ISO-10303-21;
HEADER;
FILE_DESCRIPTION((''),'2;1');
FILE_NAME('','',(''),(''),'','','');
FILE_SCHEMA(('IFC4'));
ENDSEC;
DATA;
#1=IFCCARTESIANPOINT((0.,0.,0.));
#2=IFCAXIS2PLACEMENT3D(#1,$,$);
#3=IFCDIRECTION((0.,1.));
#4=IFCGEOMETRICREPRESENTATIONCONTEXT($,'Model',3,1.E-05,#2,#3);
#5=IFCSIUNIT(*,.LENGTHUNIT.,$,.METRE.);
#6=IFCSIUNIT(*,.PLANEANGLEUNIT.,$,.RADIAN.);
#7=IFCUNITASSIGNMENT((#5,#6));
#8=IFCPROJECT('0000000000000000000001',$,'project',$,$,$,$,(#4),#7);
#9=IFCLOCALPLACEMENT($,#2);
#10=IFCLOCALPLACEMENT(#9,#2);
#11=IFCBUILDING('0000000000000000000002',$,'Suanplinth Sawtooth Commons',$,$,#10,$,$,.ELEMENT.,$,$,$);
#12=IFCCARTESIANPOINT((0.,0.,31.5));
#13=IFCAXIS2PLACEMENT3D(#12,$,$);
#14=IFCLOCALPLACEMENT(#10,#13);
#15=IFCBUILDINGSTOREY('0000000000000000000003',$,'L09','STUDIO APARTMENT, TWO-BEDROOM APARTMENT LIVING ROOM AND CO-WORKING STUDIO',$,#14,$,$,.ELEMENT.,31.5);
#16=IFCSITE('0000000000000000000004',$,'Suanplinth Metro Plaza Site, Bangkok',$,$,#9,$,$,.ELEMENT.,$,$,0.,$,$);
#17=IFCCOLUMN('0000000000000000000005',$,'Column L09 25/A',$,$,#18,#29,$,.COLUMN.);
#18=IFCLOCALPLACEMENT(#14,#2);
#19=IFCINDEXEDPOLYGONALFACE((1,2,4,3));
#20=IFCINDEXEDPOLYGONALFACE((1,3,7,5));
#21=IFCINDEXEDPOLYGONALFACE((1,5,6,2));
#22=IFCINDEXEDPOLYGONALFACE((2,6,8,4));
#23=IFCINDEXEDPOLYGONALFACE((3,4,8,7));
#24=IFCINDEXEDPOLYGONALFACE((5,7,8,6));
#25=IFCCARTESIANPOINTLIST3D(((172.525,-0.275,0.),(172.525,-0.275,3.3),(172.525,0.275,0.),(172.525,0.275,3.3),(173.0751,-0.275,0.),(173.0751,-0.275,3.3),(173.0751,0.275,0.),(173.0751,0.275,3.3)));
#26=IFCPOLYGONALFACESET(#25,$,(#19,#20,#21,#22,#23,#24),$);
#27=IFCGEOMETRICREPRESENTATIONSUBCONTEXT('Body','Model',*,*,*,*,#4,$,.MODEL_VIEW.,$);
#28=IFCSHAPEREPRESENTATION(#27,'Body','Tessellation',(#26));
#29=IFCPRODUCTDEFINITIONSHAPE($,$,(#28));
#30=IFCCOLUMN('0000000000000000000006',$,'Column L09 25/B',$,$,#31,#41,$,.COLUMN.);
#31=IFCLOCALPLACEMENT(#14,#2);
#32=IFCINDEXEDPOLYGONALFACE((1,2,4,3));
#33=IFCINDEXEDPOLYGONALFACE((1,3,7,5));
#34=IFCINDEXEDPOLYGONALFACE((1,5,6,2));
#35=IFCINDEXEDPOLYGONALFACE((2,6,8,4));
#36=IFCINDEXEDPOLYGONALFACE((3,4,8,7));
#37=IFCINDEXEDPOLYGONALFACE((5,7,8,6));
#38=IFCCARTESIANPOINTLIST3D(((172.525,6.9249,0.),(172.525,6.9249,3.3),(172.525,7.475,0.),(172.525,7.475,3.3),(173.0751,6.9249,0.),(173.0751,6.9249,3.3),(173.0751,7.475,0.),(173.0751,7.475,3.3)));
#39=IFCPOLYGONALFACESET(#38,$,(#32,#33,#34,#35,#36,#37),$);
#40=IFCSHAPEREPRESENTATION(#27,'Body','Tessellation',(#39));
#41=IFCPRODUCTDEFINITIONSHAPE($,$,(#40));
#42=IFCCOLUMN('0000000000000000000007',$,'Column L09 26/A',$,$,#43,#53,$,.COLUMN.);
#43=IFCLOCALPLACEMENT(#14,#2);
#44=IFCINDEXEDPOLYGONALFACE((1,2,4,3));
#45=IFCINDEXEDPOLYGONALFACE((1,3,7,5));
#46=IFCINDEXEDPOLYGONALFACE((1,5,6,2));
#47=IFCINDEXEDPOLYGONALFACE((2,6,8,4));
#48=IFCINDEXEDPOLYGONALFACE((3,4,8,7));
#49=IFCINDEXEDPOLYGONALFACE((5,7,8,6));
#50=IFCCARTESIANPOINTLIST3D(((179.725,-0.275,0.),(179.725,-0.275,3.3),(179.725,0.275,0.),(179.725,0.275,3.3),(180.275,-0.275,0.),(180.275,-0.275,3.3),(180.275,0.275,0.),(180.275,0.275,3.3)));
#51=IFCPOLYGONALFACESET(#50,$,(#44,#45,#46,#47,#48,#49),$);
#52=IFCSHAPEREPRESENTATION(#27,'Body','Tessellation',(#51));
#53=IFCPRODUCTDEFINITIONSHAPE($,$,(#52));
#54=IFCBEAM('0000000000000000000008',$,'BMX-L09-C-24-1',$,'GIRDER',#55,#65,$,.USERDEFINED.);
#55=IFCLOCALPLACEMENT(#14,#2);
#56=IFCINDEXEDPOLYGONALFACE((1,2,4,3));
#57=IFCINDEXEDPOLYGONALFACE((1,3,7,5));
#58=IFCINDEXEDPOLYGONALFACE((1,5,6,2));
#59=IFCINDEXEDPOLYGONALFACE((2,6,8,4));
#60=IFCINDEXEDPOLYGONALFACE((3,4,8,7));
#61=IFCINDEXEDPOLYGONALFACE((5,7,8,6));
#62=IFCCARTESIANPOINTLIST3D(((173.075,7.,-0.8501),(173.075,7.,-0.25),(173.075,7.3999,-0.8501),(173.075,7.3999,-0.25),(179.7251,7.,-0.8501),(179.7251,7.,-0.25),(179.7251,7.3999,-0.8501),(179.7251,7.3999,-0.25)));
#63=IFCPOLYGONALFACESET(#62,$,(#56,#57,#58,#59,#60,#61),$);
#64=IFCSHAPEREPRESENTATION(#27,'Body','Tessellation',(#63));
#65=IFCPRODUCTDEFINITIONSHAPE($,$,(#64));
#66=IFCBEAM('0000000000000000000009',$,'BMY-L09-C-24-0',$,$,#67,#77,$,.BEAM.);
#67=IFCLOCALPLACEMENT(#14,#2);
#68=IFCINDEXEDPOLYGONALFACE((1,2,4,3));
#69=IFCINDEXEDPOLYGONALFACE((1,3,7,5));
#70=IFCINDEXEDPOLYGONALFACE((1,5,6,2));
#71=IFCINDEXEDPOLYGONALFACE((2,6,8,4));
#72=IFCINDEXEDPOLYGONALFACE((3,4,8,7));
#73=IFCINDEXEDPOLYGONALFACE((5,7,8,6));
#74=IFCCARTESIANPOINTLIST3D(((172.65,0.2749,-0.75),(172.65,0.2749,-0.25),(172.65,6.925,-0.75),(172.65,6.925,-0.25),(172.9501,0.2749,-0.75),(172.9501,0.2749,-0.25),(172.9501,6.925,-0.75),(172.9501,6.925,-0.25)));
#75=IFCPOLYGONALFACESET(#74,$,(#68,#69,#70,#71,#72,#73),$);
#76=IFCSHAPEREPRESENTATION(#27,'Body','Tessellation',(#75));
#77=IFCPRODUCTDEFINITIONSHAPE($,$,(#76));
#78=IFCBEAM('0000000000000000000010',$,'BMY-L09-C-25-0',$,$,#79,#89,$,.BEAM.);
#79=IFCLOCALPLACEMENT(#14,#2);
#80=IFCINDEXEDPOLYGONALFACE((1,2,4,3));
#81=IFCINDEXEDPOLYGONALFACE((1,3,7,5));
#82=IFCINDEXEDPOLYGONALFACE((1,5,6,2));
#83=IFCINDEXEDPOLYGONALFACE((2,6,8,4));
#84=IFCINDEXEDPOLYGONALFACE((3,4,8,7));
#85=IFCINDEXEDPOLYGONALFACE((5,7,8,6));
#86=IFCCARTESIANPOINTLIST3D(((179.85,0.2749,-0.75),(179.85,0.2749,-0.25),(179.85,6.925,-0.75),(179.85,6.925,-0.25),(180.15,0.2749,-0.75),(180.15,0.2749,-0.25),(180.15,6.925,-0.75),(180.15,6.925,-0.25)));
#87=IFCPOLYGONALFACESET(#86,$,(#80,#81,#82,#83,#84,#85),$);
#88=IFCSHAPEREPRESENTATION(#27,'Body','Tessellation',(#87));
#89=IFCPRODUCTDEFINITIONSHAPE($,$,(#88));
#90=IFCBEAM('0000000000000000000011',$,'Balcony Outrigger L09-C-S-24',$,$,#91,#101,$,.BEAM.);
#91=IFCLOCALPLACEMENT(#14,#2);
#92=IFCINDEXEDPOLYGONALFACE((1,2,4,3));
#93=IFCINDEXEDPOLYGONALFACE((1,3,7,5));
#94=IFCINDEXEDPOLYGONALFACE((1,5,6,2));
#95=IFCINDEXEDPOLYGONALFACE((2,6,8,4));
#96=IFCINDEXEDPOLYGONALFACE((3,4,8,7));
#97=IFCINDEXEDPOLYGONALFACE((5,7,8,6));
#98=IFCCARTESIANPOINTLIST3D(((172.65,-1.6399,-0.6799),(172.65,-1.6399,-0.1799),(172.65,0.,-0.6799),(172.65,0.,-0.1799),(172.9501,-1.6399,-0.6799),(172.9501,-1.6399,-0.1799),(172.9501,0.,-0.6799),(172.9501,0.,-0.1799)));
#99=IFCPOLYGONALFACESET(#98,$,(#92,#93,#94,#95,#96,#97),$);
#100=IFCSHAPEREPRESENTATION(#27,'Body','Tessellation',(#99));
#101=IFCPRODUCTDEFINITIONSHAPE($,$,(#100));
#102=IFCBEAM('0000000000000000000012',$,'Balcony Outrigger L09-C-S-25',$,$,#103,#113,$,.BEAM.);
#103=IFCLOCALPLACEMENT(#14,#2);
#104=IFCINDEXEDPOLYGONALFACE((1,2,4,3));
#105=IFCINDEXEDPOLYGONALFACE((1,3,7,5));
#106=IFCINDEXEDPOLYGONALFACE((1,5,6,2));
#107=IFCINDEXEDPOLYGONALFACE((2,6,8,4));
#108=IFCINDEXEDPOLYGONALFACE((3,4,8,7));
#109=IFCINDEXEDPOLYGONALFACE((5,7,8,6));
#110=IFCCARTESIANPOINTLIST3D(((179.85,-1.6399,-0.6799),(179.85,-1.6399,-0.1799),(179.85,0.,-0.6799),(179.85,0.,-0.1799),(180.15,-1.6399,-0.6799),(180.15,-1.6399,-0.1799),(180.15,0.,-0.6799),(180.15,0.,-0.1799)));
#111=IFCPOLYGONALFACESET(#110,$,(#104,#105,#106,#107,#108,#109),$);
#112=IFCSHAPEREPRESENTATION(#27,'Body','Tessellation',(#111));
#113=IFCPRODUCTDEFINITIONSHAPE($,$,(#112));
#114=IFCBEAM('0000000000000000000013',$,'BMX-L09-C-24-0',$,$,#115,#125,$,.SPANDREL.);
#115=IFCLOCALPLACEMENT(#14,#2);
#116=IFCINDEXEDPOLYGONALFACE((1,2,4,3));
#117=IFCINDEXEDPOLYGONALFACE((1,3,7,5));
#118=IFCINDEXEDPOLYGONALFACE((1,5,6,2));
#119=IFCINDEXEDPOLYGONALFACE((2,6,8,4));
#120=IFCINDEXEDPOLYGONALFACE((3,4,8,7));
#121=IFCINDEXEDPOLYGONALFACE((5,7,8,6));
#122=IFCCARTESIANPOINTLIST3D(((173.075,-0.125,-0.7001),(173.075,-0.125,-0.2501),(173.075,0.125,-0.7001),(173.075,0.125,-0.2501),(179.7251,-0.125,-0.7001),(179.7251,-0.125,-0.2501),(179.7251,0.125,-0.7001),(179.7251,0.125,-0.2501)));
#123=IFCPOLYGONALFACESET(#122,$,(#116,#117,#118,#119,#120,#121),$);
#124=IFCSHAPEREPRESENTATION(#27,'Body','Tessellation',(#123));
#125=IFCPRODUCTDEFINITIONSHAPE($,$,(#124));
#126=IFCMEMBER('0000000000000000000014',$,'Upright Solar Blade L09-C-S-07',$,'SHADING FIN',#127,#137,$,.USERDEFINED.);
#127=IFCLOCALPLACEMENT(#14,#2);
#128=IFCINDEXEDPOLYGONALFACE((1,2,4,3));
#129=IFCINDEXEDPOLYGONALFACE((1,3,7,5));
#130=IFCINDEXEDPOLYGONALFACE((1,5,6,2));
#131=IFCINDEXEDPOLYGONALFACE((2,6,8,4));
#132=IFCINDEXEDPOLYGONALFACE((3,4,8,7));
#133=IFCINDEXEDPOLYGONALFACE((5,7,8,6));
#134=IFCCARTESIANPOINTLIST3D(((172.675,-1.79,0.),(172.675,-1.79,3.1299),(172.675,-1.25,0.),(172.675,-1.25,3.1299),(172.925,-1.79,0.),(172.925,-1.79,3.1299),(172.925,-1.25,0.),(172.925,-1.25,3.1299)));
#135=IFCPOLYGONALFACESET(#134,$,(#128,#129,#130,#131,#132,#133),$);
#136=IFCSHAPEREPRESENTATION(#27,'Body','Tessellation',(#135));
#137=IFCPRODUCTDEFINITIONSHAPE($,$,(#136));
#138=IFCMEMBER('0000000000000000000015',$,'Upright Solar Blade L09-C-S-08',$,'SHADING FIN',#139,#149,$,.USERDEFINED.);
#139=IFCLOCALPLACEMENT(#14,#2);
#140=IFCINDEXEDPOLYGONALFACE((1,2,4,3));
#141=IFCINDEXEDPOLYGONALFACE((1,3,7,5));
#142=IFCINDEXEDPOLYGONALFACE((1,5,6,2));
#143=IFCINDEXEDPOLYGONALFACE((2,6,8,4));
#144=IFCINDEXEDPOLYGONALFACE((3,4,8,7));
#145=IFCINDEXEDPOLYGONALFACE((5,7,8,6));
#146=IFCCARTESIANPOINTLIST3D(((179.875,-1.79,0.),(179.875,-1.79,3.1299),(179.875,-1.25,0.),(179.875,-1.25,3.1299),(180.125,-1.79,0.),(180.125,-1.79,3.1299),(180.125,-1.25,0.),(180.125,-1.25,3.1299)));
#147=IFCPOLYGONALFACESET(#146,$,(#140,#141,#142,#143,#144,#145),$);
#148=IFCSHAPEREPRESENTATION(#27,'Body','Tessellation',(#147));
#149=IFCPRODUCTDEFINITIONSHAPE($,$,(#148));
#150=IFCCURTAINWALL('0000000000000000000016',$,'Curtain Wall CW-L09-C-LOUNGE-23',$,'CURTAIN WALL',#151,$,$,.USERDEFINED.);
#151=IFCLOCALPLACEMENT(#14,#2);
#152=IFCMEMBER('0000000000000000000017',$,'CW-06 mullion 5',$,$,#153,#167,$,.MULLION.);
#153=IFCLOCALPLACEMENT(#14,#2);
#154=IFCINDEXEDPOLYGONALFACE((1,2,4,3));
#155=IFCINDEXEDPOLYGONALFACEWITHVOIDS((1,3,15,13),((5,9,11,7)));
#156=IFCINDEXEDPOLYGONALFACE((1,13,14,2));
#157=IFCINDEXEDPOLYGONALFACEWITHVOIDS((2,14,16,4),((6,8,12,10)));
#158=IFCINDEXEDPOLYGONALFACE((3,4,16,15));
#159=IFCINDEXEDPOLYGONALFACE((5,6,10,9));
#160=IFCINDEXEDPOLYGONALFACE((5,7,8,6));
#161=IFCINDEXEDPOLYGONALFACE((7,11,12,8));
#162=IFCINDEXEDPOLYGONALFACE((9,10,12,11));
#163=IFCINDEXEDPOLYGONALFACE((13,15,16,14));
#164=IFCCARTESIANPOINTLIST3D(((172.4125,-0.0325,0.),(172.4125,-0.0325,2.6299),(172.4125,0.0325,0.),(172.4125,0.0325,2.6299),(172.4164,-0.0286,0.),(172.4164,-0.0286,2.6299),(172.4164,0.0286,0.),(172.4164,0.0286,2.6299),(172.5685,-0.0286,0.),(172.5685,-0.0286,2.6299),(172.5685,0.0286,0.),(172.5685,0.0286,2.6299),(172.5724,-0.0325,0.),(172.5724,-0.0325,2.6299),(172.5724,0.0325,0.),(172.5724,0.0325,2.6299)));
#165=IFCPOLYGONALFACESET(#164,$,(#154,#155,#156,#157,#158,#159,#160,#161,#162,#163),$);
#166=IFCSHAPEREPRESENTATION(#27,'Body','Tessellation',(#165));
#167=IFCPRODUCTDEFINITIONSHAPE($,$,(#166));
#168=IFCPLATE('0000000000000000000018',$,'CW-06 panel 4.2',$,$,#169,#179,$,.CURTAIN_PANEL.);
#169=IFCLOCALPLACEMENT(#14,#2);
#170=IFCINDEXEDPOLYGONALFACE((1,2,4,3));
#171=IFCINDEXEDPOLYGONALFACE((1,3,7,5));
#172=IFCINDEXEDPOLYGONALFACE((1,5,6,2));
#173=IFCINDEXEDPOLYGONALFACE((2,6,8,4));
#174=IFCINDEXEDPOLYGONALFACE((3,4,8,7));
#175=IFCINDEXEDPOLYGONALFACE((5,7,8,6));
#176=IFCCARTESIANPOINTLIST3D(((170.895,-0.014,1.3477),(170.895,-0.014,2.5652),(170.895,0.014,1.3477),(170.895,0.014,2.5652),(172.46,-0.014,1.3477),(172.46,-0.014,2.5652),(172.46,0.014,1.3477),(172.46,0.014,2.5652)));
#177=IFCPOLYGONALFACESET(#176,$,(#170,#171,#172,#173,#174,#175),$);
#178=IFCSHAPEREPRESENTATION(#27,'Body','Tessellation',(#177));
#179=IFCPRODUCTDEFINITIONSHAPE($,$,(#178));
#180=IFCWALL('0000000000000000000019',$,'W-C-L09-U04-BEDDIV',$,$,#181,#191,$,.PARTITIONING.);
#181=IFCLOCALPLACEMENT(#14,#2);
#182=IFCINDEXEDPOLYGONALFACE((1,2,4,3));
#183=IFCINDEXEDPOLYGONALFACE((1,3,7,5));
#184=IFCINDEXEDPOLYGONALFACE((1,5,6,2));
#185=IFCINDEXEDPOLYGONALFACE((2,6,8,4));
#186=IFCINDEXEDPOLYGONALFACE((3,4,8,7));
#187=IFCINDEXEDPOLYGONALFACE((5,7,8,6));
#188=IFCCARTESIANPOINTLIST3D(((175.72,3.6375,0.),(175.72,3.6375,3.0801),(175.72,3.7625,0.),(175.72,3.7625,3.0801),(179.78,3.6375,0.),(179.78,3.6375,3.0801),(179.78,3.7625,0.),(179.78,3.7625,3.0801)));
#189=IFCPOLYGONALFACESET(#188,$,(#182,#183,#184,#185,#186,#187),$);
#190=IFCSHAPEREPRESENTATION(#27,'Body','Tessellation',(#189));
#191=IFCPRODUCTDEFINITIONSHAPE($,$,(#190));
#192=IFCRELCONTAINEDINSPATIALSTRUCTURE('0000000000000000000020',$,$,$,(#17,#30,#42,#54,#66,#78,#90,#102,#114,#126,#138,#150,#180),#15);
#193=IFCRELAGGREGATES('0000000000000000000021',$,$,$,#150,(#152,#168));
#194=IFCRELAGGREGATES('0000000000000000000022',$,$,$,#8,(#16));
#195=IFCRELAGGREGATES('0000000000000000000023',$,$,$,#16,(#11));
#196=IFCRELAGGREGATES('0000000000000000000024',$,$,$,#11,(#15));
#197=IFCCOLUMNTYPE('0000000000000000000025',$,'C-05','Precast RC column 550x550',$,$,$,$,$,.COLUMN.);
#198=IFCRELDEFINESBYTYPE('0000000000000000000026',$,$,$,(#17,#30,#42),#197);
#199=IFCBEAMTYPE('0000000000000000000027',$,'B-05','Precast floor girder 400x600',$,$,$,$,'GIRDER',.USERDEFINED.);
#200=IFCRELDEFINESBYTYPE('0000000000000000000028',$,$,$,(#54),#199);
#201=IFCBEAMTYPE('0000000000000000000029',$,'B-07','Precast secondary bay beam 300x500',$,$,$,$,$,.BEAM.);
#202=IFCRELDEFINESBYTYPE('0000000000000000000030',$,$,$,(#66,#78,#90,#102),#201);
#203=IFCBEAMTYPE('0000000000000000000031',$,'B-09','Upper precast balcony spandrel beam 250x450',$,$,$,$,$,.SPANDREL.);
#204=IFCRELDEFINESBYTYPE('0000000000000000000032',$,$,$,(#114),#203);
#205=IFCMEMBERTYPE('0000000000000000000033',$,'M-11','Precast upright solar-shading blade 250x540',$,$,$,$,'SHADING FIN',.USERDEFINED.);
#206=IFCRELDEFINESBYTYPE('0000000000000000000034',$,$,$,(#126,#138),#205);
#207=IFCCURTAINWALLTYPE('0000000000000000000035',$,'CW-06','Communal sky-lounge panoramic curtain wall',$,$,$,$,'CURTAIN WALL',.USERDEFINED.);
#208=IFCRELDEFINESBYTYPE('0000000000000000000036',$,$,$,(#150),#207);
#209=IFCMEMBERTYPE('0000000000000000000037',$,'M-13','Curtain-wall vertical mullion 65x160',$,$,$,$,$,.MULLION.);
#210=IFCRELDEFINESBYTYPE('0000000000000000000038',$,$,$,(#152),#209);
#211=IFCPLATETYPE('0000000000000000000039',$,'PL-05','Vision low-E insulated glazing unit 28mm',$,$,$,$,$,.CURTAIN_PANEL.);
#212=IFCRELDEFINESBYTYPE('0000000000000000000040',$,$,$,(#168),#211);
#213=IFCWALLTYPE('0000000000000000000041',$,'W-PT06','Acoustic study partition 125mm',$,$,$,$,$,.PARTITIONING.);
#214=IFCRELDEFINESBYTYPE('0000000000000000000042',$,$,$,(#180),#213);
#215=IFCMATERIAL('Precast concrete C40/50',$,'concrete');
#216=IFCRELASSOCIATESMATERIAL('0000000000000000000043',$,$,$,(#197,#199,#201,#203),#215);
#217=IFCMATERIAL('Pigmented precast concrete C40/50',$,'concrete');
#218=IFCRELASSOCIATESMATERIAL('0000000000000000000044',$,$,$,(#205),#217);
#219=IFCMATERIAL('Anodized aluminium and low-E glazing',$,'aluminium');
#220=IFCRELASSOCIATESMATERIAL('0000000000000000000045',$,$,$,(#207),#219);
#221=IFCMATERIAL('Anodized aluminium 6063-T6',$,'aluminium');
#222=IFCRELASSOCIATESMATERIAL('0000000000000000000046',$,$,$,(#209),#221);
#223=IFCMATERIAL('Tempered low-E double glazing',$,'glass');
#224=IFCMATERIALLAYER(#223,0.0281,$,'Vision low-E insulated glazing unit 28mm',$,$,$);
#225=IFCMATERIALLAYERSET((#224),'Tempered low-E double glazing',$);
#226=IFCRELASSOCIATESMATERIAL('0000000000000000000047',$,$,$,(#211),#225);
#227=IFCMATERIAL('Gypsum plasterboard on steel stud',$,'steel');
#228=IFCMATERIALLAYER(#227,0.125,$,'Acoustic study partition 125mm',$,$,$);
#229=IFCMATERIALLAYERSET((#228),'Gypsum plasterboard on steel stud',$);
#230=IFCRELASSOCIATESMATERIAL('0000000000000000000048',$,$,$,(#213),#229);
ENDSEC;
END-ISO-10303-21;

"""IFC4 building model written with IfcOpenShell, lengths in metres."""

from ifc_helpers import new_model, si_unit, direction, frame, frame_2d, origin, origin_2d, place, context, subcontext, project, spatial, rectangle, hollow_rectangle, extrude, material, layer, layer_set, material_profile, profile_set, type_object, element, aggregate, save


model = new_model("IFC4")

# Units and contexts
model_context = context("Model", 3, precision=1e-05, world=origin(), true_north=direction((0.0, 1.0)))
body_context = subcontext(model_context, "Body", "Model", "MODEL_VIEW")
ifc_project = project(units=[si_unit("LENGTHUNIT", "METRE"), si_unit("PLANEANGLEUNIT", "RADIAN")], contexts=[model_context])

# Site, building, storey
site_placement = place(None, origin())
site = spatial("IfcSite", under=ifc_project, at=site_placement, Name="Suanplinth Metro Plaza Site, Bangkok", CompositionType="ELEMENT", RefElevation=0.0)
building_placement = place(site_placement, origin())
building = spatial("IfcBuilding", under=site, at=building_placement, Name="Suanplinth Sawtooth Commons", CompositionType="ELEMENT")
storey_placement = place(building_placement, frame((0.0, 0.0, 31.5)))
storey = spatial("IfcBuildingStorey", under=building, at=storey_placement, Name="L09", Description="STUDIO APARTMENT, TWO-BEDROOM APARTMENT LIVING ROOM AND CO-WORKING STUDIO", CompositionType="ELEMENT", Elevation=31.5)

# Columns
ifc_material_1 = material(Name="Precast concrete C40/50", Category="concrete")
ifc_material_profile_1 = material_profile(ifc_material_1, rectangle(XDim=0.55, YDim=0.55, at=origin_2d()), Name="PC-COL 550x550")
ifc_profile_set_1 = profile_set([ifc_material_profile_1], Name="Precast concrete C40/50")
column_type = type_object("IfcColumnType", Name="C-05", Description="Precast RC column 550x550", PredefinedType="COLUMN", material=ifc_profile_set_1)
for number, where, z_axis, x_axis, name in (
    (1, (172.8, 0.0, 0.0), (0.0, 0.0, 1.0), (1.0, 0.0, 0.0), "Column L09 25/A"),
    (2, (172.8, 7.2, 0.0), (0.0, 0.0, 1.0), (1.0, 0.0, 0.0), "Column L09 25/B"),
    (3, (180.0, 0.0, 0.0), (0.0, 0.0, 1.0), (1.0, 0.0, 0.0), "Column L09 26/A"),
):
    element("IfcColumn", number, at=place(storey_placement, frame(where, z_axis=z_axis, x_axis=x_axis)), inside=storey, type_object=column_type, Name=name, PredefinedType="COLUMN", context=body_context, shape_type="SweptSolid", body=[
        extrude(rectangle(XDim=0.55, YDim=0.55, at=origin_2d()), origin(), (0.0, 0.0, 1.0), 3.3),
    ])

# Beams
ifc_material_profile_2 = material_profile(ifc_material_1, rectangle(XDim=0.3999, YDim=0.6001, at=origin_2d()), Name="PC-GDR 400x600")
ifc_profile_set_2 = profile_set([ifc_material_profile_2], Name="Precast concrete C40/50")
beam_type_1 = type_object("IfcBeamType", Name="B-05", Description="Precast floor girder 400x600", ElementType="GIRDER", PredefinedType="USERDEFINED", material=ifc_profile_set_2)
beam_1_placement = place(storey_placement, frame((173.075, 7.2, -0.55), z_axis=(1.0, 0.0, 0.0), x_axis=(0.0, 1.0, 0.0)))
element("IfcBeam", 4, at=beam_1_placement, inside=storey, type_object=beam_type_1, Name="BMX-L09-C-24-1", ObjectType="GIRDER", PredefinedType="USERDEFINED", context=body_context, shape_type="SweptSolid", body=[
    extrude(rectangle(XDim=0.3999, YDim=0.6001, at=origin_2d()), origin(), (0.0, 0.0, 1.0), 6.6501),
])
ifc_material_profile_3 = material_profile(ifc_material_1, rectangle(XDim=0.3, YDim=0.5, at=origin_2d()), Name="PC-BM 300x500")
ifc_profile_set_3 = profile_set([ifc_material_profile_3], Name="Precast concrete C40/50")
beam_type_2 = type_object("IfcBeamType", Name="B-07", Description="Precast secondary bay beam 300x500", PredefinedType="BEAM", material=ifc_profile_set_3)
for number, where, z_axis, x_axis, name in (
    (5, (172.8, 0.2749, -0.5), (0.0, 1.0, 0.0), (-1.0, 0.0, 0.0), "BMY-L09-C-24-0"),
    (6, (180.0, 0.2749, -0.5), (0.0, 1.0, 0.0), (-1.0, 0.0, 0.0), "BMY-L09-C-25-0"),
):
    element("IfcBeam", number, at=place(storey_placement, frame(where, z_axis=z_axis, x_axis=x_axis)), inside=storey, type_object=beam_type_2, Name=name, PredefinedType="BEAM", context=body_context, shape_type="SweptSolid", body=[
        extrude(rectangle(XDim=0.3, YDim=0.5, at=origin_2d()), origin(), (0.0, 0.0, 1.0), 6.6501),
    ])
for number, where, z_axis, x_axis, name in (
    (7, (172.8, 0.0, -0.4299), (0.0, -1.0, 0.0), (1.0, 0.0, 0.0), "Balcony Outrigger L09-C-S-24"),
    (8, (180.0, 0.0, -0.4299), (0.0, -1.0, 0.0), (1.0, 0.0, 0.0), "Balcony Outrigger L09-C-S-25"),
):
    element("IfcBeam", number, at=place(storey_placement, frame(where, z_axis=z_axis, x_axis=x_axis)), inside=storey, type_object=beam_type_2, Name=name, PredefinedType="BEAM", context=body_context, shape_type="SweptSolid", body=[
        extrude(rectangle(XDim=0.3, YDim=0.5, at=origin_2d()), origin(), (0.0, 0.0, 1.0), 1.6399),
    ])
ifc_material_profile_4 = material_profile(ifc_material_1, rectangle(XDim=0.25, YDim=0.45, at=origin_2d()), Name="PC-SP 250x450")
ifc_profile_set_4 = profile_set([ifc_material_profile_4], Name="Precast concrete C40/50")
beam_type_3 = type_object("IfcBeamType", Name="B-09", Description="Upper precast balcony spandrel beam 250x450", PredefinedType="SPANDREL", material=ifc_profile_set_4)
beam_2_placement = place(storey_placement, frame((173.075, 0.0, -0.4751), z_axis=(1.0, 0.0, 0.0), x_axis=(0.0, 1.0, 0.0)))
element("IfcBeam", 9, at=beam_2_placement, inside=storey, type_object=beam_type_3, Name="BMX-L09-C-24-0", PredefinedType="SPANDREL", context=body_context, shape_type="SweptSolid", body=[
    extrude(rectangle(XDim=0.25, YDim=0.45, at=origin_2d()), origin(), (0.0, 0.0, 1.0), 6.6501),
])

# Members
ifc_material_2 = material(Name="Pigmented precast concrete C40/50", Category="concrete")
ifc_material_profile_5 = material_profile(ifc_material_2, rectangle(XDim=0.25, YDim=0.54, at=origin_2d()), Name="PC-FIN 250x540")
ifc_profile_set_5 = profile_set([ifc_material_profile_5], Name="Pigmented precast concrete C40/50")
member_type_1 = type_object("IfcMemberType", Name="M-11", Description="Precast upright solar-shading blade 250x540", ElementType="SHADING FIN", PredefinedType="USERDEFINED", material=ifc_profile_set_5)
for number, where, z_axis, x_axis, name in (
    (10, (172.8, -1.52, 0.0), (0.0, 0.0, 1.0), (1.0, 0.0, 0.0), "Upright Solar Blade L09-C-S-07"),
    (11, (180.0, -1.52, 0.0), (0.0, 0.0, 1.0), (1.0, 0.0, 0.0), "Upright Solar Blade L09-C-S-08"),
):
    element("IfcMember", number, at=place(storey_placement, frame(where, z_axis=z_axis, x_axis=x_axis)), inside=storey, type_object=member_type_1, Name=name, ObjectType="SHADING FIN", PredefinedType="USERDEFINED", context=body_context, shape_type="SweptSolid", body=[
        extrude(rectangle(XDim=0.25, YDim=0.54, at=origin_2d()), origin(), (0.0, 0.0, 1.0), 3.1299),
    ])

# Curtain wall, member, plate
ifc_material_3 = material(Name="Anodized aluminium and low-E glazing", Category="aluminium")
curtain_wall_type = type_object("IfcCurtainWallType", Name="CW-06", Description="Communal sky-lounge panoramic curtain wall", ElementType="CURTAIN WALL", PredefinedType="USERDEFINED", material=ifc_material_3)
curtain_wall_placement = place(storey_placement, origin())
curtain_wall = element("IfcCurtainWall", 12, at=curtain_wall_placement, inside=storey, type_object=curtain_wall_type, Name="Curtain Wall CW-L09-C-LOUNGE-23", ObjectType="CURTAIN WALL", PredefinedType="USERDEFINED")
ifc_material_4 = material(Name="Anodized aluminium 6063-T6", Category="aluminium")
ifc_material_profile_6 = material_profile(ifc_material_4, hollow_rectangle(XDim=0.0649, YDim=0.1599, WallThickness=0.0039, at=origin_2d()), Name="ALU-MUL 65x160")
ifc_profile_set_6 = profile_set([ifc_material_profile_6], Name="Anodized aluminium 6063-T6")
member_type_2 = type_object("IfcMemberType", Name="M-13", Description="Curtain-wall vertical mullion 65x160", PredefinedType="MULLION", material=ifc_profile_set_6)
member_placement = place(storey_placement, frame((172.4924, 0.0, 0.0), z_axis=(0.0, 0.0, 1.0), x_axis=(0.0, 1.0, 0.0)))
member = element("IfcMember", 13, at=member_placement, type_object=member_type_2, Name="CW-06 mullion 5", PredefinedType="MULLION", context=body_context, shape_type="SweptSolid", body=[
    extrude(hollow_rectangle(XDim=0.0649, YDim=0.1599, WallThickness=0.0039, at=origin_2d()), origin(), (0.0, 0.0, 1.0), 2.6299),
])
ifc_material_5 = material(Name="Tempered low-E double glazing", Category="glass")
ifc_layer_1 = layer(ifc_material_5, 0.0281, Name="Vision low-E insulated glazing unit 28mm")
ifc_layer_set_1 = layer_set([ifc_layer_1], Name="Tempered low-E double glazing")
plate_type = type_object("IfcPlateType", Name="PL-05", Description="Vision low-E insulated glazing unit 28mm", PredefinedType="CURTAIN_PANEL", material=ifc_layer_set_1)
plate_placement = place(storey_placement, frame((171.6775, 0.0, 1.3477), z_axis=(0.0, 0.0, 1.0), x_axis=(1.0, 0.0, 0.0)))
plate = element("IfcPlate", 14, at=plate_placement, type_object=plate_type, Name="CW-06 panel 4.2", PredefinedType="CURTAIN_PANEL", context=body_context, shape_type="SweptSolid", body=[
    extrude(rectangle(XDim=1.5649, YDim=0.0281, at=origin_2d()), origin(), (0.0, 0.0, 1.0), 1.2175),
])
aggregate(curtain_wall, [member, plate])

# Shared definitions
ifc_material_6 = material(Name="Gypsum plasterboard on steel stud", Category="steel")

# Wall
ifc_layer_2 = layer(ifc_material_6, 0.125, Name="Acoustic study partition 125mm")
ifc_layer_set_2 = layer_set([ifc_layer_2], Name="Gypsum plasterboard on steel stud")
wall_type_1 = type_object("IfcWallType", Name="W-PT06", Description="Acoustic study partition 125mm", PredefinedType="PARTITIONING", material=ifc_layer_set_2)
wall_1_placement = place(storey_placement, frame((175.72, 3.7, 0.0), z_axis=(0.0, 0.0, 1.0), x_axis=(1.0, 0.0, 0.0)))
element("IfcWall", 15, at=wall_1_placement, inside=storey, type_object=wall_type_1, Name="W-C-L09-U04-BEDDIV", PredefinedType="PARTITIONING", context=body_context, shape_type="SweptSolid", body=[
    extrude(rectangle(XDim=4.0601, YDim=0.125, at=frame_2d((2.03, 0.0))), origin(), (0.0, 0.0, 1.0), 3.0801),
])

save(model, "model.ifc")
